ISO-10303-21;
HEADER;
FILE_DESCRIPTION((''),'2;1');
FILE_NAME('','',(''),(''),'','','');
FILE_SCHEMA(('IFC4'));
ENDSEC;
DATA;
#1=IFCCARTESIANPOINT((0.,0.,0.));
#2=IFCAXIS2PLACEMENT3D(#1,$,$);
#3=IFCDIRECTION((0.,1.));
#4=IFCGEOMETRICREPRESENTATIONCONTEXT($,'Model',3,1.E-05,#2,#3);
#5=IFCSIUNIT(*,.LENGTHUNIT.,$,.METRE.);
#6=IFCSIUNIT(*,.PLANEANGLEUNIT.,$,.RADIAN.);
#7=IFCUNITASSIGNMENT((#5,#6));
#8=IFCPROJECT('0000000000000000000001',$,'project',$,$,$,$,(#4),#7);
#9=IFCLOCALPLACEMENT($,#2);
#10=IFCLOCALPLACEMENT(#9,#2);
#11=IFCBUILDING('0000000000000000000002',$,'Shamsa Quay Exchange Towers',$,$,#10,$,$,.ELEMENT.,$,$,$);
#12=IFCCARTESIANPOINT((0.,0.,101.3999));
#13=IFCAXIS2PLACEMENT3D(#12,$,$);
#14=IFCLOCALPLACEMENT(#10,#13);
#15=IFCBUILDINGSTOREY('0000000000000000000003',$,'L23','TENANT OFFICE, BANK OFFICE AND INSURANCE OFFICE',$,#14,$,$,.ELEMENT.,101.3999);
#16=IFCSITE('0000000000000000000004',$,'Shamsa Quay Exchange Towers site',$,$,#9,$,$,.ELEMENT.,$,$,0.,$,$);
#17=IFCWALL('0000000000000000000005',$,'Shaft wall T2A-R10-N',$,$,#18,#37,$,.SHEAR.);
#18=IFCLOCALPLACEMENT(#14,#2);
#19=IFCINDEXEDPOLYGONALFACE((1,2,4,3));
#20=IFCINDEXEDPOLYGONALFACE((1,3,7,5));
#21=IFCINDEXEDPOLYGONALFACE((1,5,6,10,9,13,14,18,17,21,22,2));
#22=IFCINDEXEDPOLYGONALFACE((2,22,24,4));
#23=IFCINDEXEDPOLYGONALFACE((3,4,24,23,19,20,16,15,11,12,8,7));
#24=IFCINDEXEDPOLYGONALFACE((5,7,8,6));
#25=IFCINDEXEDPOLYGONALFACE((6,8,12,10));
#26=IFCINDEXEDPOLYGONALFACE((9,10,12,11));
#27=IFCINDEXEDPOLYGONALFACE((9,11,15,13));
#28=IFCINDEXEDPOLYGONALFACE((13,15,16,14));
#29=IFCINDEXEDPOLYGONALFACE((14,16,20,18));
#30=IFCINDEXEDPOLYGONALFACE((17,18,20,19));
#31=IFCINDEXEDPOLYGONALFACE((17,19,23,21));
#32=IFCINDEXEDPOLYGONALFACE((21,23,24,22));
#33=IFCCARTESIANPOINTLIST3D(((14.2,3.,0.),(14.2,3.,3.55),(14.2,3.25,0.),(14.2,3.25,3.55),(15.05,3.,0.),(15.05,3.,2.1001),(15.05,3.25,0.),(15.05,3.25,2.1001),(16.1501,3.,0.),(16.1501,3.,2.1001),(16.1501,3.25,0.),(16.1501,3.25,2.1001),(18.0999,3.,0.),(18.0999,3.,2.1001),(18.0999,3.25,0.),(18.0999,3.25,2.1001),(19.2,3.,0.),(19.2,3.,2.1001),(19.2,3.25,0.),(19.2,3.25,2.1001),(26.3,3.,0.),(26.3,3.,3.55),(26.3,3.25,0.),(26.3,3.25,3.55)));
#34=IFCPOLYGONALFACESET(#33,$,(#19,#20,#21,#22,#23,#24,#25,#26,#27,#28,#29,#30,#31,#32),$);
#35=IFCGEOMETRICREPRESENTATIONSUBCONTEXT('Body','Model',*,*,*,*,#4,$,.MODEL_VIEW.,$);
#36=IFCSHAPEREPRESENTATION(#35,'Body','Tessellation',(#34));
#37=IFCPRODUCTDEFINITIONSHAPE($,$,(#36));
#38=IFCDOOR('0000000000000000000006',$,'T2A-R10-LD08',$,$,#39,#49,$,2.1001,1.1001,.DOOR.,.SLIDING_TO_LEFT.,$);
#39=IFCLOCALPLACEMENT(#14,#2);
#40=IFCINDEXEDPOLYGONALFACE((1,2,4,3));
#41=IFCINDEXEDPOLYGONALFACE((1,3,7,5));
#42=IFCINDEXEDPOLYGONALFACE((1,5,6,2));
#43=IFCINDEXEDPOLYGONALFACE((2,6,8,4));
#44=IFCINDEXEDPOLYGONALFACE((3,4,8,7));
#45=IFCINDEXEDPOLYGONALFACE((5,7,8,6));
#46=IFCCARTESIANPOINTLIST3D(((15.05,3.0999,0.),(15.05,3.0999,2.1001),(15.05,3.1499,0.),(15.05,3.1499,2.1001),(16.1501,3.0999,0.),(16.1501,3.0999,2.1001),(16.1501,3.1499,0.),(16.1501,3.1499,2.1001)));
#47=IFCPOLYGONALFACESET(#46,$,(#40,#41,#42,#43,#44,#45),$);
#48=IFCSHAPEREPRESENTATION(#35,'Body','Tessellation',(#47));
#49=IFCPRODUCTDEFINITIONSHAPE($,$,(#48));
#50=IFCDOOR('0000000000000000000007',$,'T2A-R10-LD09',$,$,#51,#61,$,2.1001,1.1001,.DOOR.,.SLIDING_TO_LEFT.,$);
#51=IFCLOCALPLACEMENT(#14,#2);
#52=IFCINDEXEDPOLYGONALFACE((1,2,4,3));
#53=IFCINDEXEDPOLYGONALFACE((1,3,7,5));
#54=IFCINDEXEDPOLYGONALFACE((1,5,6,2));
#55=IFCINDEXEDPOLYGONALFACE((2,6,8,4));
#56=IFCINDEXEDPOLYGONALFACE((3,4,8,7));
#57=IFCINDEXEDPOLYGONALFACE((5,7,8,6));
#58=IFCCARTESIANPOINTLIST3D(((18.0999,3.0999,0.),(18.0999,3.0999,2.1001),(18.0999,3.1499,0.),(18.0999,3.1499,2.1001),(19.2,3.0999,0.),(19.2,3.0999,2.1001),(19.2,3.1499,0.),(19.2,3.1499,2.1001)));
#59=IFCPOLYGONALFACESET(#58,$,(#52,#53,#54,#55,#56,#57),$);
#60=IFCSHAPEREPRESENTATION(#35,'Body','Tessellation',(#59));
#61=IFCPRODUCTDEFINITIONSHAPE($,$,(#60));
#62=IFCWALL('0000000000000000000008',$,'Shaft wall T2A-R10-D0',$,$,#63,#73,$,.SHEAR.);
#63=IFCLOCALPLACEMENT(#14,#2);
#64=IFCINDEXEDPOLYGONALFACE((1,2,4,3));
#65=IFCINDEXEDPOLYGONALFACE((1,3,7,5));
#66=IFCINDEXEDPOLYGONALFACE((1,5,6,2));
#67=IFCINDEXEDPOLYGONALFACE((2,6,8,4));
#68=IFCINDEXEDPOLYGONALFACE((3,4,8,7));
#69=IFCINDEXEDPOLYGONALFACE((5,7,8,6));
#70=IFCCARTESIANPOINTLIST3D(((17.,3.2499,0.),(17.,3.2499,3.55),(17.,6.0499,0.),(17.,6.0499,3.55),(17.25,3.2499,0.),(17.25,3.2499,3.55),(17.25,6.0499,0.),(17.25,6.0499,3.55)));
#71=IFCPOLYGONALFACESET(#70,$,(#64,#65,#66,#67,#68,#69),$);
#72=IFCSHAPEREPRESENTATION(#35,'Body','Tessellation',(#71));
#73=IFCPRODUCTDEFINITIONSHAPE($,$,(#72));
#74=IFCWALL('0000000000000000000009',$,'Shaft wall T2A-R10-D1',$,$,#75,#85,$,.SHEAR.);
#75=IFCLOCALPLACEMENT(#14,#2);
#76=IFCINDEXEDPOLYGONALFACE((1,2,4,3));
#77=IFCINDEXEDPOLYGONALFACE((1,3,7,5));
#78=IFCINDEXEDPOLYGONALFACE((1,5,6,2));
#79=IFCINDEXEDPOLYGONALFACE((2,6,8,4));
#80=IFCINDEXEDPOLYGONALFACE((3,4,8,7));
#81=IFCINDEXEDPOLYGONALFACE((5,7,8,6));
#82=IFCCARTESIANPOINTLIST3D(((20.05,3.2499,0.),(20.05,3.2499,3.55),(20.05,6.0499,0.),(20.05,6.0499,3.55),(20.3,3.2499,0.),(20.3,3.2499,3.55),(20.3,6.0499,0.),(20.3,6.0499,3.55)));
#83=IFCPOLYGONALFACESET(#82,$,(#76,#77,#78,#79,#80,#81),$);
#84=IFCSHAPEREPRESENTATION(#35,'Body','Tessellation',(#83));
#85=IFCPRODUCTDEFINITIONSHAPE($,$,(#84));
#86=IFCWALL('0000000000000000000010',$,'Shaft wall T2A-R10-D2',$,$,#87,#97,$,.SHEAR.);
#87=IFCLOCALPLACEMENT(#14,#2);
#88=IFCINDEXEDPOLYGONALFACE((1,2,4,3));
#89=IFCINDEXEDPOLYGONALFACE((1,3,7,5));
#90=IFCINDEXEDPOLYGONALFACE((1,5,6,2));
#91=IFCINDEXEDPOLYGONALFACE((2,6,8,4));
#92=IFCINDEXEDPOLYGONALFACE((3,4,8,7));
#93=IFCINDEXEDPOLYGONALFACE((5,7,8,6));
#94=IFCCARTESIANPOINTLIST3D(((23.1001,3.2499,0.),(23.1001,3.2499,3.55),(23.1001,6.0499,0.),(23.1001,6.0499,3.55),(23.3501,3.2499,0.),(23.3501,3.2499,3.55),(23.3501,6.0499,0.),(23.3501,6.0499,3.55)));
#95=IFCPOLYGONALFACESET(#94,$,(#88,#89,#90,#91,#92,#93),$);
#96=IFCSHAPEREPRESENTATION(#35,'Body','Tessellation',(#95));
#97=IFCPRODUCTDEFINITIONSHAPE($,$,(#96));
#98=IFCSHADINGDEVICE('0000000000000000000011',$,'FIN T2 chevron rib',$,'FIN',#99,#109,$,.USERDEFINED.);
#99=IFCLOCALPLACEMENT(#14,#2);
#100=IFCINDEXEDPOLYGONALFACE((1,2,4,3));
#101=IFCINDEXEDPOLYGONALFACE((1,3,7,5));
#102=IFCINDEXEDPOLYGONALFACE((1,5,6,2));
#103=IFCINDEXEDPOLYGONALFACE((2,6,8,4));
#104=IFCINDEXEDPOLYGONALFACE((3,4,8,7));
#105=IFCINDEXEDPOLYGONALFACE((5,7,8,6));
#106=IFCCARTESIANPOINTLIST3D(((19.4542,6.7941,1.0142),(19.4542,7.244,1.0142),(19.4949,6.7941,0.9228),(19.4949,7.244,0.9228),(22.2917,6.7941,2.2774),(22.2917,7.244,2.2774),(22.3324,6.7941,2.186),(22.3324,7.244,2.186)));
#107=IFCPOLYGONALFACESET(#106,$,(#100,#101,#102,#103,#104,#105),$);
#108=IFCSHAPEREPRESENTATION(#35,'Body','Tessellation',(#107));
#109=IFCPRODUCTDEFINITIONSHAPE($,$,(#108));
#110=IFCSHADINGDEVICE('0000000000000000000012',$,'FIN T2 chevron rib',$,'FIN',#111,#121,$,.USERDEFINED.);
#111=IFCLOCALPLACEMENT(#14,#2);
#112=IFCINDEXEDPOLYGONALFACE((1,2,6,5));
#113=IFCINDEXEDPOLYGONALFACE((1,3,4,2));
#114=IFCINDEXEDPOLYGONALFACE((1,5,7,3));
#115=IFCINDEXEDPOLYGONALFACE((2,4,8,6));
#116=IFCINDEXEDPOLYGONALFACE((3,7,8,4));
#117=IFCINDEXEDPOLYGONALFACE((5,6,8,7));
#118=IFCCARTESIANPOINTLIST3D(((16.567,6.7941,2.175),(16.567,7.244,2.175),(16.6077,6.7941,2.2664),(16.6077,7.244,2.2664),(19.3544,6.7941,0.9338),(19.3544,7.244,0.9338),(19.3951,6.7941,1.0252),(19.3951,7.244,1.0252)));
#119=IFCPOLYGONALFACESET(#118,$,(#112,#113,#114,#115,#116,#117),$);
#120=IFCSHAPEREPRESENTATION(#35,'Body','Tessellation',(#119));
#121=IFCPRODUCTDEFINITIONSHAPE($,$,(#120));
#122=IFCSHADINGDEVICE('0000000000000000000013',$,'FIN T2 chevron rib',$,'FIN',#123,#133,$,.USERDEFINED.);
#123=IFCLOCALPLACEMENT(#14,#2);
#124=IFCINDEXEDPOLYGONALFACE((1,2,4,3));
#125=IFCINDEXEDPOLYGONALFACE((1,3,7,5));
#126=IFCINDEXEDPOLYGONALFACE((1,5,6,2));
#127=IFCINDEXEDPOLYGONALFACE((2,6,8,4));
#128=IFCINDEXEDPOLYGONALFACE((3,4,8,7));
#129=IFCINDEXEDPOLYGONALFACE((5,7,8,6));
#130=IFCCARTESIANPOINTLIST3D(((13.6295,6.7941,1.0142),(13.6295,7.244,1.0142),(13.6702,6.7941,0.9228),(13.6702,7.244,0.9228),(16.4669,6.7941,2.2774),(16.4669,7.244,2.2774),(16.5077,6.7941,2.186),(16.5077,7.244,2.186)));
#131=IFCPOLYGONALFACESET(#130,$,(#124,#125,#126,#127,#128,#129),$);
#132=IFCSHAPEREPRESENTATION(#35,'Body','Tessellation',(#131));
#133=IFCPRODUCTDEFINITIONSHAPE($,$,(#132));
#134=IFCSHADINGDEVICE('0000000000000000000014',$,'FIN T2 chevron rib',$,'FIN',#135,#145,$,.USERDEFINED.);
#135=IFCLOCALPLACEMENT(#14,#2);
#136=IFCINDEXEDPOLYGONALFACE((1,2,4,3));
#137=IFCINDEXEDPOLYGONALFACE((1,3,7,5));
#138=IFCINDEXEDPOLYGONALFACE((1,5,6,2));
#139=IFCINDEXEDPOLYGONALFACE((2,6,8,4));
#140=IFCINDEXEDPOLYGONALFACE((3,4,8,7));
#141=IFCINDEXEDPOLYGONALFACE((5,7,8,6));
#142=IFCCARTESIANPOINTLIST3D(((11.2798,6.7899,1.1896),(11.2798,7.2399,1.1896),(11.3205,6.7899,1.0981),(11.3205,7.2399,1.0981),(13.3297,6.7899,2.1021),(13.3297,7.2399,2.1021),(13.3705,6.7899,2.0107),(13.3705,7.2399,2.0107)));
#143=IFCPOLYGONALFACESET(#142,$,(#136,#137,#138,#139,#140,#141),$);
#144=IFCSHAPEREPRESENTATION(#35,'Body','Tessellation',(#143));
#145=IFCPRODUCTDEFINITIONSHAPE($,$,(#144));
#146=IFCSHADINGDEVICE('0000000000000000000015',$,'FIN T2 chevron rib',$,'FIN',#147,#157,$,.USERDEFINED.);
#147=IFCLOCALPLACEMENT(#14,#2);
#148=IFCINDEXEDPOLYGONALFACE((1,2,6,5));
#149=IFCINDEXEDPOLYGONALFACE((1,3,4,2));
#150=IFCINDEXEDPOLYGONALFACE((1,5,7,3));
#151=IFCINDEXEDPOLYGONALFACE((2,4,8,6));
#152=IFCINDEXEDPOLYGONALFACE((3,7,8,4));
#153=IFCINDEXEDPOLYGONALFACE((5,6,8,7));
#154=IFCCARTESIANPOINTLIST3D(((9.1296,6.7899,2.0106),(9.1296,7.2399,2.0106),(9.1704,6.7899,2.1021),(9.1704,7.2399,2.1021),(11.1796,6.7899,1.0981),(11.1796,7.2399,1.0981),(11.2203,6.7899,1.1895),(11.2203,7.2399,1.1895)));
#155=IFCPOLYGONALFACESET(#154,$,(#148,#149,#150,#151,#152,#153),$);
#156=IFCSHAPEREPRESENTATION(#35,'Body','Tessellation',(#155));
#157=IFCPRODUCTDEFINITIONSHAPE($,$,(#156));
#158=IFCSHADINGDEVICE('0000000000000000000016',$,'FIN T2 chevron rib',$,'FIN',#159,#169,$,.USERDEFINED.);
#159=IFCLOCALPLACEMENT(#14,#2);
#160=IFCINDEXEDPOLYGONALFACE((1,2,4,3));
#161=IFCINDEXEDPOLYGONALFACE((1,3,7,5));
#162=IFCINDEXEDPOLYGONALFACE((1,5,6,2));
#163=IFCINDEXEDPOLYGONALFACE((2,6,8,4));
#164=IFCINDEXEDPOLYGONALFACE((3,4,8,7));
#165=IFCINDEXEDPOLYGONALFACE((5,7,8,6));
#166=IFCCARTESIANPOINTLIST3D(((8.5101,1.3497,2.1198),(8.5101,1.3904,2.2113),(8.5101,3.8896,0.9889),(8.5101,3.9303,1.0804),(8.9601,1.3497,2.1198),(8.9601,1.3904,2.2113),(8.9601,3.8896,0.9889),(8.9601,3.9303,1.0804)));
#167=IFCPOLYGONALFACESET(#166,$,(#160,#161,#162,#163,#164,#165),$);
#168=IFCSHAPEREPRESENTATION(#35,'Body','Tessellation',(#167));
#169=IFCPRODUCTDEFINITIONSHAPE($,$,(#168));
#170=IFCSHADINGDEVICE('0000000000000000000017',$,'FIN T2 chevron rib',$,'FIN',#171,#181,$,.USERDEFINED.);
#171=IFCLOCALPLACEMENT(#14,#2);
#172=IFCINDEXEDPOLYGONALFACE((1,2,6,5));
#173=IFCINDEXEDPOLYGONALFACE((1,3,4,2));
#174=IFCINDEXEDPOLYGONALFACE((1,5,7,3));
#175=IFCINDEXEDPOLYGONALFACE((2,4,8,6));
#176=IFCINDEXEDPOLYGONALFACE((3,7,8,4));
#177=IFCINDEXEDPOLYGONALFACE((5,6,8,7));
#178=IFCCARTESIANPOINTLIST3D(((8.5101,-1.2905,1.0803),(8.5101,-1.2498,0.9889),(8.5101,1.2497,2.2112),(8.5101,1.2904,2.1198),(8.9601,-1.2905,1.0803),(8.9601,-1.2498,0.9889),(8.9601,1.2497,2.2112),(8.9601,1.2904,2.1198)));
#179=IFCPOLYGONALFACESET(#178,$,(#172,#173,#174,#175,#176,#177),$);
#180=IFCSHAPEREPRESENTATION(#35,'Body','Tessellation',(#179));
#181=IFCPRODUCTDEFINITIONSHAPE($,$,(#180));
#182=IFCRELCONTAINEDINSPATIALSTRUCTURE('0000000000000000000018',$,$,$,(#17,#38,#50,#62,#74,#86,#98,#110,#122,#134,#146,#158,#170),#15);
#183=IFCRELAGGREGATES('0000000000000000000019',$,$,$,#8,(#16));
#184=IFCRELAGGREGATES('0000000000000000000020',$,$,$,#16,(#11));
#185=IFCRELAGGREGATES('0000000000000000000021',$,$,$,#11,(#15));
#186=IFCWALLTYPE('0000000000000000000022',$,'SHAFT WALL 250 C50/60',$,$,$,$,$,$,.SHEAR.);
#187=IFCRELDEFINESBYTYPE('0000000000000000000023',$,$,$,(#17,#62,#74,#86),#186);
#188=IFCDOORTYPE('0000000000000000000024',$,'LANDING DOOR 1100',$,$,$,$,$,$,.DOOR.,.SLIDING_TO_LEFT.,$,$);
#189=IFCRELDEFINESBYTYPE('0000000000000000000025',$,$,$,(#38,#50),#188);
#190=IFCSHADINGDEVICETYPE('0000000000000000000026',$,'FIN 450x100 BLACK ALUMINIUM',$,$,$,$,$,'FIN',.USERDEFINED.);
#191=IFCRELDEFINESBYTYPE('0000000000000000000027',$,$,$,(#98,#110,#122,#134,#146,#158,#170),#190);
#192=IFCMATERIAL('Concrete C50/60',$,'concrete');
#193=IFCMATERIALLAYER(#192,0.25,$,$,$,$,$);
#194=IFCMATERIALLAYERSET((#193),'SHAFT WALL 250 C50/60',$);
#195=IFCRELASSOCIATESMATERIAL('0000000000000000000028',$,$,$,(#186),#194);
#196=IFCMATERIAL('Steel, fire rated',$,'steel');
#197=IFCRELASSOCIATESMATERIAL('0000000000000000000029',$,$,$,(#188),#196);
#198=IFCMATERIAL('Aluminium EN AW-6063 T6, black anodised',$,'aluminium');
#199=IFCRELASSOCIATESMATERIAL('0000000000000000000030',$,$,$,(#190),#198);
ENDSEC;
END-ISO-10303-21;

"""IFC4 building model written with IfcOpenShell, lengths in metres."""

from ifc_helpers import new_model, si_unit, direction, frame, frame_2d, origin, origin_2d, place, context, subcontext, project, spatial, rectangle, extrude, material, layer, layer_set, material_profile, profile_set, type_object, element, fill, save


model = new_model("IFC4")

# Units and contexts
model_context = context("Model", 3, precision=1e-05, world=origin(), true_north=direction((0.0, 1.0)))
body_context = subcontext(model_context, "Body", "Model", "MODEL_VIEW")
ifc_project = project(units=[si_unit("LENGTHUNIT", "METRE"), si_unit("PLANEANGLEUNIT", "RADIAN")], contexts=[model_context])

# Site, building, storey
site_placement = place(None, origin())
site = spatial("IfcSite", under=ifc_project, at=site_placement, Name="Shamsa Quay Exchange Towers site", CompositionType="ELEMENT", RefElevation=0.0)
building_placement = place(site_placement, origin())
building = spatial("IfcBuilding", under=site, at=building_placement, Name="Shamsa Quay Exchange Towers", CompositionType="ELEMENT")
storey_placement = place(building_placement, frame((0.0, 0.0, 101.3999)))
storey = spatial("IfcBuildingStorey", under=building, at=storey_placement, Name="L23", Description="TENANT OFFICE, BANK OFFICE AND INSURANCE OFFICE", CompositionType="ELEMENT", Elevation=101.3999)

# Shared definitions
ifc_material_1 = material(Name="Aluminium EN AW-6063 T6, black anodised", Category="aluminium")

# Shared definitions
ifc_material_2 = material(Name="Steel, fire rated", Category="steel")

# Wall, openings, doors
ifc_material_3 = material(Name="Concrete C50/60", Category="concrete")
ifc_layer_1 = layer(ifc_material_3, 0.25)
ifc_layer_set_1 = layer_set([ifc_layer_1], Name="SHAFT WALL 250 C50/60")
wall_type_1 = type_object("IfcWallType", Name="SHAFT WALL 250 C50/60", PredefinedType="SHEAR", material=ifc_layer_set_1)
wall_1_placement = place(storey_placement, frame((14.2, 3.125, 0.0)))
wall_1 = element("IfcWall", 1, at=wall_1_placement, inside=storey, type_object=wall_type_1, Name="Shaft wall T2A-R10-N", PredefinedType="SHEAR", context=body_context, shape_type="SweptSolid", body=[
    extrude(rectangle(XDim=12.1001, YDim=0.25, at=frame_2d((6.05, 0.0))), origin(), (0.0, 0.0, 1.0), 3.55),
])
opening_1_placement = place(wall_1_placement, frame((0.8501, 0.0, 0.0)))
opening_1 = element("IfcOpeningElement", 2, at=opening_1_placement, cuts=wall_1, PredefinedType="OPENING", context=body_context, shape_type="SweptSolid", body=[
    extrude(rectangle(XDim=1.1001, YDim=2.1001, at=frame_2d((0.55, 1.05))), frame((0.0, 0.135, 0.0), z_axis=(0.0, -1.0, 0.0), x_axis=(1.0, 0.0, 0.0)), (0.0, 0.0, 1.0), 0.27),
])
opening_2_placement = place(wall_1_placement, frame((3.8999, 0.0, 0.0)))
opening_2 = element("IfcOpeningElement", 3, at=opening_2_placement, cuts=wall_1, PredefinedType="OPENING", context=body_context, shape_type="SweptSolid", body=[
    extrude(rectangle(XDim=1.1001, YDim=2.1001, at=frame_2d((0.55, 1.05))), frame((0.0, 0.135, 0.0), z_axis=(0.0, -1.0, 0.0), x_axis=(1.0, 0.0, 0.0)), (0.0, 0.0, 1.0), 0.27),
])
door_type_1 = type_object("IfcDoorType", Name="LANDING DOOR 1100", OperationType="SLIDING_TO_LEFT", PredefinedType="DOOR", material=ifc_material_2)
door_1_placement = place(opening_1_placement, origin())
door_1 = element("IfcDoor", 4, at=door_1_placement, inside=storey, type_object=door_type_1, Name="T2A-R10-LD08", OperationType="SLIDING_TO_LEFT", OverallHeight=2.1001, OverallWidth=1.1001, PredefinedType="DOOR", context=body_context, shape_type="SweptSolid", body=[
    extrude(rectangle(XDim=1.1001, YDim=2.1001, at=frame_2d((0.55, 1.05))), frame((0.0, 0.0249, 0.0), z_axis=(0.0, -1.0, 0.0), x_axis=(1.0, 0.0, 0.0)), (0.0, 0.0, 1.0), 0.05),
])
fill(opening_1, door_1)
door_2_placement = place(opening_2_placement, origin())
door_2 = element("IfcDoor", 5, at=door_2_placement, inside=storey, type_object=door_type_1, Name="T2A-R10-LD09", OperationType="SLIDING_TO_LEFT", OverallHeight=2.1001, OverallWidth=1.1001, PredefinedType="DOOR", context=body_context, shape_type="SweptSolid", body=[
    extrude(rectangle(XDim=1.1001, YDim=2.1001, at=frame_2d((0.55, 1.05))), frame((0.0, 0.0249, 0.0), z_axis=(0.0, -1.0, 0.0), x_axis=(1.0, 0.0, 0.0)), (0.0, 0.0, 1.0), 0.05),
])
fill(opening_2, door_2)

# Walls
for number, where, z_axis, x_axis, name in (
    (6, (17.125, 3.25, 0.0), (0.0, 0.0, 1.0), (0.0, 1.0, 0.0), "Shaft wall T2A-R10-D0"),
    (7, (20.175, 3.25, 0.0), (0.0, 0.0, 1.0), (0.0, 1.0, 0.0), "Shaft wall T2A-R10-D1"),
    (8, (23.2251, 3.25, 0.0), (0.0, 0.0, 1.0), (0.0, 1.0, 0.0), "Shaft wall T2A-R10-D2"),
):
    element("IfcWall", number, at=place(storey_placement, frame(where, z_axis=z_axis, x_axis=x_axis)), inside=storey, type_object=wall_type_1, Name=name, PredefinedType="SHEAR", context=body_context, shape_type="SweptSolid", body=[
        extrude(rectangle(XDim=2.8, YDim=0.25, at=frame_2d((1.3999, 0.0))), origin(), (0.0, 0.0, 1.0), 3.55),
    ])

# Shading devices
ifc_material_profile_1 = material_profile(ifc_material_1, rectangle(XDim=0.45, YDim=0.1001, at=origin_2d()), Name="FIN450x100")
ifc_profile_set_1 = profile_set([ifc_material_profile_1], Name="Aluminium EN AW-6063 T6, black anodised")
shading_device_type = type_object("IfcShadingDeviceType", Name="FIN 450x100 BLACK ALUMINIUM", ElementType="FIN", PredefinedType="USERDEFINED", material=ifc_profile_set_1)
shading_device_1_placement = place(storey_placement, frame((22.312, 7.019, 2.2317), z_axis=(-0.913559, 0.0, -0.406707), x_axis=(0.0, -1.0, 0.0)))
element("IfcShadingDevice", 9, at=shading_device_1_placement, inside=storey, type_object=shading_device_type, Name="FIN T2 chevron rib", ObjectType="FIN", PredefinedType="USERDEFINED", context=body_context, shape_type="SweptSolid", body=[
    extrude(rectangle(XDim=0.45, YDim=0.1001, at=origin_2d()), origin(), (0.0, 0.0, 1.0), 3.106),
])
shading_device_2_placement = place(storey_placement, frame((19.3748, 7.019, 0.9795), z_axis=(-0.913521, 0.0, 0.406792), x_axis=(0.0, -1.0, 0.0)))
element("IfcShadingDevice", 10, at=shading_device_2_placement, inside=storey, type_object=shading_device_type, Name="FIN T2 chevron rib", ObjectType="FIN", PredefinedType="USERDEFINED", context=body_context, shape_type="SweptSolid", body=[
    extrude(rectangle(XDim=0.45, YDim=0.1001, at=origin_2d()), origin(), (0.0, 0.0, 1.0), 3.0513),
])
shading_device_3_placement = place(storey_placement, frame((16.4873, 7.019, 2.2317), z_axis=(-0.913559, 0.0, -0.406707), x_axis=(0.0, -1.0, 0.0)))
element("IfcShadingDevice", 11, at=shading_device_3_placement, inside=storey, type_object=shading_device_type, Name="FIN T2 chevron rib", ObjectType="FIN", PredefinedType="USERDEFINED", context=body_context, shape_type="SweptSolid", body=[
    extrude(rectangle(XDim=0.45, YDim=0.1001, at=origin_2d()), origin(), (0.0, 0.0, 1.0), 3.106),
])
for number, where, z_axis, x_axis, name in (
    (12, (13.3501, 7.0149, 2.0564), (-0.913569, 0.0, -0.406684), (0.0, -1.0, 0.0), "FIN T2 chevron rib"),
    (13, (11.2, 7.0149, 1.1438), (-0.913569, 0.0, 0.406684), (0.0, -1.0, 0.0), "FIN T2 chevron rib"),
):
    element("IfcShadingDevice", number, at=place(storey_placement, frame(where, z_axis=z_axis, x_axis=x_axis)), inside=storey, type_object=shading_device_type, Name=name, ObjectType="FIN", PredefinedType="USERDEFINED", context=body_context, shape_type="SweptSolid", body=[
        extrude(rectangle(XDim=0.45, YDim=0.1001, at=origin_2d()), origin(), (0.0, 0.0, 1.0), 2.2439),
    ])
shading_device_4_placement = place(storey_placement, frame((8.7351, 3.9099, 1.0347), z_axis=(0.0, -0.913536, 0.406758), x_axis=(1.0, 0.0, 0.0)))
element("IfcShadingDevice", 14, at=shading_device_4_placement, inside=storey, type_object=shading_device_type, Name="FIN T2 chevron rib", ObjectType="FIN", PredefinedType="USERDEFINED", context=body_context, shape_type="SweptSolid", body=[
    extrude(rectangle(XDim=0.45, YDim=0.1001, at=origin_2d()), origin(), (0.0, 0.0, 1.0), 2.7803),
])
shading_device_5_placement = place(storey_placement, frame((8.7351, 1.27, 2.1655), z_axis=(0.0, -0.913551, -0.406725), x_axis=(1.0, 0.0, 0.0)))
element("IfcShadingDevice", 15, at=shading_device_5_placement, inside=storey, type_object=shading_device_type, Name="FIN T2 chevron rib", ObjectType="FIN", PredefinedType="USERDEFINED", context=body_context, shape_type="SweptSolid", body=[
    extrude(rectangle(XDim=0.45, YDim=0.1001, at=origin_2d()), origin(), (0.0, 0.0, 1.0), 2.7805),
])

save(model, "model.ifc")
